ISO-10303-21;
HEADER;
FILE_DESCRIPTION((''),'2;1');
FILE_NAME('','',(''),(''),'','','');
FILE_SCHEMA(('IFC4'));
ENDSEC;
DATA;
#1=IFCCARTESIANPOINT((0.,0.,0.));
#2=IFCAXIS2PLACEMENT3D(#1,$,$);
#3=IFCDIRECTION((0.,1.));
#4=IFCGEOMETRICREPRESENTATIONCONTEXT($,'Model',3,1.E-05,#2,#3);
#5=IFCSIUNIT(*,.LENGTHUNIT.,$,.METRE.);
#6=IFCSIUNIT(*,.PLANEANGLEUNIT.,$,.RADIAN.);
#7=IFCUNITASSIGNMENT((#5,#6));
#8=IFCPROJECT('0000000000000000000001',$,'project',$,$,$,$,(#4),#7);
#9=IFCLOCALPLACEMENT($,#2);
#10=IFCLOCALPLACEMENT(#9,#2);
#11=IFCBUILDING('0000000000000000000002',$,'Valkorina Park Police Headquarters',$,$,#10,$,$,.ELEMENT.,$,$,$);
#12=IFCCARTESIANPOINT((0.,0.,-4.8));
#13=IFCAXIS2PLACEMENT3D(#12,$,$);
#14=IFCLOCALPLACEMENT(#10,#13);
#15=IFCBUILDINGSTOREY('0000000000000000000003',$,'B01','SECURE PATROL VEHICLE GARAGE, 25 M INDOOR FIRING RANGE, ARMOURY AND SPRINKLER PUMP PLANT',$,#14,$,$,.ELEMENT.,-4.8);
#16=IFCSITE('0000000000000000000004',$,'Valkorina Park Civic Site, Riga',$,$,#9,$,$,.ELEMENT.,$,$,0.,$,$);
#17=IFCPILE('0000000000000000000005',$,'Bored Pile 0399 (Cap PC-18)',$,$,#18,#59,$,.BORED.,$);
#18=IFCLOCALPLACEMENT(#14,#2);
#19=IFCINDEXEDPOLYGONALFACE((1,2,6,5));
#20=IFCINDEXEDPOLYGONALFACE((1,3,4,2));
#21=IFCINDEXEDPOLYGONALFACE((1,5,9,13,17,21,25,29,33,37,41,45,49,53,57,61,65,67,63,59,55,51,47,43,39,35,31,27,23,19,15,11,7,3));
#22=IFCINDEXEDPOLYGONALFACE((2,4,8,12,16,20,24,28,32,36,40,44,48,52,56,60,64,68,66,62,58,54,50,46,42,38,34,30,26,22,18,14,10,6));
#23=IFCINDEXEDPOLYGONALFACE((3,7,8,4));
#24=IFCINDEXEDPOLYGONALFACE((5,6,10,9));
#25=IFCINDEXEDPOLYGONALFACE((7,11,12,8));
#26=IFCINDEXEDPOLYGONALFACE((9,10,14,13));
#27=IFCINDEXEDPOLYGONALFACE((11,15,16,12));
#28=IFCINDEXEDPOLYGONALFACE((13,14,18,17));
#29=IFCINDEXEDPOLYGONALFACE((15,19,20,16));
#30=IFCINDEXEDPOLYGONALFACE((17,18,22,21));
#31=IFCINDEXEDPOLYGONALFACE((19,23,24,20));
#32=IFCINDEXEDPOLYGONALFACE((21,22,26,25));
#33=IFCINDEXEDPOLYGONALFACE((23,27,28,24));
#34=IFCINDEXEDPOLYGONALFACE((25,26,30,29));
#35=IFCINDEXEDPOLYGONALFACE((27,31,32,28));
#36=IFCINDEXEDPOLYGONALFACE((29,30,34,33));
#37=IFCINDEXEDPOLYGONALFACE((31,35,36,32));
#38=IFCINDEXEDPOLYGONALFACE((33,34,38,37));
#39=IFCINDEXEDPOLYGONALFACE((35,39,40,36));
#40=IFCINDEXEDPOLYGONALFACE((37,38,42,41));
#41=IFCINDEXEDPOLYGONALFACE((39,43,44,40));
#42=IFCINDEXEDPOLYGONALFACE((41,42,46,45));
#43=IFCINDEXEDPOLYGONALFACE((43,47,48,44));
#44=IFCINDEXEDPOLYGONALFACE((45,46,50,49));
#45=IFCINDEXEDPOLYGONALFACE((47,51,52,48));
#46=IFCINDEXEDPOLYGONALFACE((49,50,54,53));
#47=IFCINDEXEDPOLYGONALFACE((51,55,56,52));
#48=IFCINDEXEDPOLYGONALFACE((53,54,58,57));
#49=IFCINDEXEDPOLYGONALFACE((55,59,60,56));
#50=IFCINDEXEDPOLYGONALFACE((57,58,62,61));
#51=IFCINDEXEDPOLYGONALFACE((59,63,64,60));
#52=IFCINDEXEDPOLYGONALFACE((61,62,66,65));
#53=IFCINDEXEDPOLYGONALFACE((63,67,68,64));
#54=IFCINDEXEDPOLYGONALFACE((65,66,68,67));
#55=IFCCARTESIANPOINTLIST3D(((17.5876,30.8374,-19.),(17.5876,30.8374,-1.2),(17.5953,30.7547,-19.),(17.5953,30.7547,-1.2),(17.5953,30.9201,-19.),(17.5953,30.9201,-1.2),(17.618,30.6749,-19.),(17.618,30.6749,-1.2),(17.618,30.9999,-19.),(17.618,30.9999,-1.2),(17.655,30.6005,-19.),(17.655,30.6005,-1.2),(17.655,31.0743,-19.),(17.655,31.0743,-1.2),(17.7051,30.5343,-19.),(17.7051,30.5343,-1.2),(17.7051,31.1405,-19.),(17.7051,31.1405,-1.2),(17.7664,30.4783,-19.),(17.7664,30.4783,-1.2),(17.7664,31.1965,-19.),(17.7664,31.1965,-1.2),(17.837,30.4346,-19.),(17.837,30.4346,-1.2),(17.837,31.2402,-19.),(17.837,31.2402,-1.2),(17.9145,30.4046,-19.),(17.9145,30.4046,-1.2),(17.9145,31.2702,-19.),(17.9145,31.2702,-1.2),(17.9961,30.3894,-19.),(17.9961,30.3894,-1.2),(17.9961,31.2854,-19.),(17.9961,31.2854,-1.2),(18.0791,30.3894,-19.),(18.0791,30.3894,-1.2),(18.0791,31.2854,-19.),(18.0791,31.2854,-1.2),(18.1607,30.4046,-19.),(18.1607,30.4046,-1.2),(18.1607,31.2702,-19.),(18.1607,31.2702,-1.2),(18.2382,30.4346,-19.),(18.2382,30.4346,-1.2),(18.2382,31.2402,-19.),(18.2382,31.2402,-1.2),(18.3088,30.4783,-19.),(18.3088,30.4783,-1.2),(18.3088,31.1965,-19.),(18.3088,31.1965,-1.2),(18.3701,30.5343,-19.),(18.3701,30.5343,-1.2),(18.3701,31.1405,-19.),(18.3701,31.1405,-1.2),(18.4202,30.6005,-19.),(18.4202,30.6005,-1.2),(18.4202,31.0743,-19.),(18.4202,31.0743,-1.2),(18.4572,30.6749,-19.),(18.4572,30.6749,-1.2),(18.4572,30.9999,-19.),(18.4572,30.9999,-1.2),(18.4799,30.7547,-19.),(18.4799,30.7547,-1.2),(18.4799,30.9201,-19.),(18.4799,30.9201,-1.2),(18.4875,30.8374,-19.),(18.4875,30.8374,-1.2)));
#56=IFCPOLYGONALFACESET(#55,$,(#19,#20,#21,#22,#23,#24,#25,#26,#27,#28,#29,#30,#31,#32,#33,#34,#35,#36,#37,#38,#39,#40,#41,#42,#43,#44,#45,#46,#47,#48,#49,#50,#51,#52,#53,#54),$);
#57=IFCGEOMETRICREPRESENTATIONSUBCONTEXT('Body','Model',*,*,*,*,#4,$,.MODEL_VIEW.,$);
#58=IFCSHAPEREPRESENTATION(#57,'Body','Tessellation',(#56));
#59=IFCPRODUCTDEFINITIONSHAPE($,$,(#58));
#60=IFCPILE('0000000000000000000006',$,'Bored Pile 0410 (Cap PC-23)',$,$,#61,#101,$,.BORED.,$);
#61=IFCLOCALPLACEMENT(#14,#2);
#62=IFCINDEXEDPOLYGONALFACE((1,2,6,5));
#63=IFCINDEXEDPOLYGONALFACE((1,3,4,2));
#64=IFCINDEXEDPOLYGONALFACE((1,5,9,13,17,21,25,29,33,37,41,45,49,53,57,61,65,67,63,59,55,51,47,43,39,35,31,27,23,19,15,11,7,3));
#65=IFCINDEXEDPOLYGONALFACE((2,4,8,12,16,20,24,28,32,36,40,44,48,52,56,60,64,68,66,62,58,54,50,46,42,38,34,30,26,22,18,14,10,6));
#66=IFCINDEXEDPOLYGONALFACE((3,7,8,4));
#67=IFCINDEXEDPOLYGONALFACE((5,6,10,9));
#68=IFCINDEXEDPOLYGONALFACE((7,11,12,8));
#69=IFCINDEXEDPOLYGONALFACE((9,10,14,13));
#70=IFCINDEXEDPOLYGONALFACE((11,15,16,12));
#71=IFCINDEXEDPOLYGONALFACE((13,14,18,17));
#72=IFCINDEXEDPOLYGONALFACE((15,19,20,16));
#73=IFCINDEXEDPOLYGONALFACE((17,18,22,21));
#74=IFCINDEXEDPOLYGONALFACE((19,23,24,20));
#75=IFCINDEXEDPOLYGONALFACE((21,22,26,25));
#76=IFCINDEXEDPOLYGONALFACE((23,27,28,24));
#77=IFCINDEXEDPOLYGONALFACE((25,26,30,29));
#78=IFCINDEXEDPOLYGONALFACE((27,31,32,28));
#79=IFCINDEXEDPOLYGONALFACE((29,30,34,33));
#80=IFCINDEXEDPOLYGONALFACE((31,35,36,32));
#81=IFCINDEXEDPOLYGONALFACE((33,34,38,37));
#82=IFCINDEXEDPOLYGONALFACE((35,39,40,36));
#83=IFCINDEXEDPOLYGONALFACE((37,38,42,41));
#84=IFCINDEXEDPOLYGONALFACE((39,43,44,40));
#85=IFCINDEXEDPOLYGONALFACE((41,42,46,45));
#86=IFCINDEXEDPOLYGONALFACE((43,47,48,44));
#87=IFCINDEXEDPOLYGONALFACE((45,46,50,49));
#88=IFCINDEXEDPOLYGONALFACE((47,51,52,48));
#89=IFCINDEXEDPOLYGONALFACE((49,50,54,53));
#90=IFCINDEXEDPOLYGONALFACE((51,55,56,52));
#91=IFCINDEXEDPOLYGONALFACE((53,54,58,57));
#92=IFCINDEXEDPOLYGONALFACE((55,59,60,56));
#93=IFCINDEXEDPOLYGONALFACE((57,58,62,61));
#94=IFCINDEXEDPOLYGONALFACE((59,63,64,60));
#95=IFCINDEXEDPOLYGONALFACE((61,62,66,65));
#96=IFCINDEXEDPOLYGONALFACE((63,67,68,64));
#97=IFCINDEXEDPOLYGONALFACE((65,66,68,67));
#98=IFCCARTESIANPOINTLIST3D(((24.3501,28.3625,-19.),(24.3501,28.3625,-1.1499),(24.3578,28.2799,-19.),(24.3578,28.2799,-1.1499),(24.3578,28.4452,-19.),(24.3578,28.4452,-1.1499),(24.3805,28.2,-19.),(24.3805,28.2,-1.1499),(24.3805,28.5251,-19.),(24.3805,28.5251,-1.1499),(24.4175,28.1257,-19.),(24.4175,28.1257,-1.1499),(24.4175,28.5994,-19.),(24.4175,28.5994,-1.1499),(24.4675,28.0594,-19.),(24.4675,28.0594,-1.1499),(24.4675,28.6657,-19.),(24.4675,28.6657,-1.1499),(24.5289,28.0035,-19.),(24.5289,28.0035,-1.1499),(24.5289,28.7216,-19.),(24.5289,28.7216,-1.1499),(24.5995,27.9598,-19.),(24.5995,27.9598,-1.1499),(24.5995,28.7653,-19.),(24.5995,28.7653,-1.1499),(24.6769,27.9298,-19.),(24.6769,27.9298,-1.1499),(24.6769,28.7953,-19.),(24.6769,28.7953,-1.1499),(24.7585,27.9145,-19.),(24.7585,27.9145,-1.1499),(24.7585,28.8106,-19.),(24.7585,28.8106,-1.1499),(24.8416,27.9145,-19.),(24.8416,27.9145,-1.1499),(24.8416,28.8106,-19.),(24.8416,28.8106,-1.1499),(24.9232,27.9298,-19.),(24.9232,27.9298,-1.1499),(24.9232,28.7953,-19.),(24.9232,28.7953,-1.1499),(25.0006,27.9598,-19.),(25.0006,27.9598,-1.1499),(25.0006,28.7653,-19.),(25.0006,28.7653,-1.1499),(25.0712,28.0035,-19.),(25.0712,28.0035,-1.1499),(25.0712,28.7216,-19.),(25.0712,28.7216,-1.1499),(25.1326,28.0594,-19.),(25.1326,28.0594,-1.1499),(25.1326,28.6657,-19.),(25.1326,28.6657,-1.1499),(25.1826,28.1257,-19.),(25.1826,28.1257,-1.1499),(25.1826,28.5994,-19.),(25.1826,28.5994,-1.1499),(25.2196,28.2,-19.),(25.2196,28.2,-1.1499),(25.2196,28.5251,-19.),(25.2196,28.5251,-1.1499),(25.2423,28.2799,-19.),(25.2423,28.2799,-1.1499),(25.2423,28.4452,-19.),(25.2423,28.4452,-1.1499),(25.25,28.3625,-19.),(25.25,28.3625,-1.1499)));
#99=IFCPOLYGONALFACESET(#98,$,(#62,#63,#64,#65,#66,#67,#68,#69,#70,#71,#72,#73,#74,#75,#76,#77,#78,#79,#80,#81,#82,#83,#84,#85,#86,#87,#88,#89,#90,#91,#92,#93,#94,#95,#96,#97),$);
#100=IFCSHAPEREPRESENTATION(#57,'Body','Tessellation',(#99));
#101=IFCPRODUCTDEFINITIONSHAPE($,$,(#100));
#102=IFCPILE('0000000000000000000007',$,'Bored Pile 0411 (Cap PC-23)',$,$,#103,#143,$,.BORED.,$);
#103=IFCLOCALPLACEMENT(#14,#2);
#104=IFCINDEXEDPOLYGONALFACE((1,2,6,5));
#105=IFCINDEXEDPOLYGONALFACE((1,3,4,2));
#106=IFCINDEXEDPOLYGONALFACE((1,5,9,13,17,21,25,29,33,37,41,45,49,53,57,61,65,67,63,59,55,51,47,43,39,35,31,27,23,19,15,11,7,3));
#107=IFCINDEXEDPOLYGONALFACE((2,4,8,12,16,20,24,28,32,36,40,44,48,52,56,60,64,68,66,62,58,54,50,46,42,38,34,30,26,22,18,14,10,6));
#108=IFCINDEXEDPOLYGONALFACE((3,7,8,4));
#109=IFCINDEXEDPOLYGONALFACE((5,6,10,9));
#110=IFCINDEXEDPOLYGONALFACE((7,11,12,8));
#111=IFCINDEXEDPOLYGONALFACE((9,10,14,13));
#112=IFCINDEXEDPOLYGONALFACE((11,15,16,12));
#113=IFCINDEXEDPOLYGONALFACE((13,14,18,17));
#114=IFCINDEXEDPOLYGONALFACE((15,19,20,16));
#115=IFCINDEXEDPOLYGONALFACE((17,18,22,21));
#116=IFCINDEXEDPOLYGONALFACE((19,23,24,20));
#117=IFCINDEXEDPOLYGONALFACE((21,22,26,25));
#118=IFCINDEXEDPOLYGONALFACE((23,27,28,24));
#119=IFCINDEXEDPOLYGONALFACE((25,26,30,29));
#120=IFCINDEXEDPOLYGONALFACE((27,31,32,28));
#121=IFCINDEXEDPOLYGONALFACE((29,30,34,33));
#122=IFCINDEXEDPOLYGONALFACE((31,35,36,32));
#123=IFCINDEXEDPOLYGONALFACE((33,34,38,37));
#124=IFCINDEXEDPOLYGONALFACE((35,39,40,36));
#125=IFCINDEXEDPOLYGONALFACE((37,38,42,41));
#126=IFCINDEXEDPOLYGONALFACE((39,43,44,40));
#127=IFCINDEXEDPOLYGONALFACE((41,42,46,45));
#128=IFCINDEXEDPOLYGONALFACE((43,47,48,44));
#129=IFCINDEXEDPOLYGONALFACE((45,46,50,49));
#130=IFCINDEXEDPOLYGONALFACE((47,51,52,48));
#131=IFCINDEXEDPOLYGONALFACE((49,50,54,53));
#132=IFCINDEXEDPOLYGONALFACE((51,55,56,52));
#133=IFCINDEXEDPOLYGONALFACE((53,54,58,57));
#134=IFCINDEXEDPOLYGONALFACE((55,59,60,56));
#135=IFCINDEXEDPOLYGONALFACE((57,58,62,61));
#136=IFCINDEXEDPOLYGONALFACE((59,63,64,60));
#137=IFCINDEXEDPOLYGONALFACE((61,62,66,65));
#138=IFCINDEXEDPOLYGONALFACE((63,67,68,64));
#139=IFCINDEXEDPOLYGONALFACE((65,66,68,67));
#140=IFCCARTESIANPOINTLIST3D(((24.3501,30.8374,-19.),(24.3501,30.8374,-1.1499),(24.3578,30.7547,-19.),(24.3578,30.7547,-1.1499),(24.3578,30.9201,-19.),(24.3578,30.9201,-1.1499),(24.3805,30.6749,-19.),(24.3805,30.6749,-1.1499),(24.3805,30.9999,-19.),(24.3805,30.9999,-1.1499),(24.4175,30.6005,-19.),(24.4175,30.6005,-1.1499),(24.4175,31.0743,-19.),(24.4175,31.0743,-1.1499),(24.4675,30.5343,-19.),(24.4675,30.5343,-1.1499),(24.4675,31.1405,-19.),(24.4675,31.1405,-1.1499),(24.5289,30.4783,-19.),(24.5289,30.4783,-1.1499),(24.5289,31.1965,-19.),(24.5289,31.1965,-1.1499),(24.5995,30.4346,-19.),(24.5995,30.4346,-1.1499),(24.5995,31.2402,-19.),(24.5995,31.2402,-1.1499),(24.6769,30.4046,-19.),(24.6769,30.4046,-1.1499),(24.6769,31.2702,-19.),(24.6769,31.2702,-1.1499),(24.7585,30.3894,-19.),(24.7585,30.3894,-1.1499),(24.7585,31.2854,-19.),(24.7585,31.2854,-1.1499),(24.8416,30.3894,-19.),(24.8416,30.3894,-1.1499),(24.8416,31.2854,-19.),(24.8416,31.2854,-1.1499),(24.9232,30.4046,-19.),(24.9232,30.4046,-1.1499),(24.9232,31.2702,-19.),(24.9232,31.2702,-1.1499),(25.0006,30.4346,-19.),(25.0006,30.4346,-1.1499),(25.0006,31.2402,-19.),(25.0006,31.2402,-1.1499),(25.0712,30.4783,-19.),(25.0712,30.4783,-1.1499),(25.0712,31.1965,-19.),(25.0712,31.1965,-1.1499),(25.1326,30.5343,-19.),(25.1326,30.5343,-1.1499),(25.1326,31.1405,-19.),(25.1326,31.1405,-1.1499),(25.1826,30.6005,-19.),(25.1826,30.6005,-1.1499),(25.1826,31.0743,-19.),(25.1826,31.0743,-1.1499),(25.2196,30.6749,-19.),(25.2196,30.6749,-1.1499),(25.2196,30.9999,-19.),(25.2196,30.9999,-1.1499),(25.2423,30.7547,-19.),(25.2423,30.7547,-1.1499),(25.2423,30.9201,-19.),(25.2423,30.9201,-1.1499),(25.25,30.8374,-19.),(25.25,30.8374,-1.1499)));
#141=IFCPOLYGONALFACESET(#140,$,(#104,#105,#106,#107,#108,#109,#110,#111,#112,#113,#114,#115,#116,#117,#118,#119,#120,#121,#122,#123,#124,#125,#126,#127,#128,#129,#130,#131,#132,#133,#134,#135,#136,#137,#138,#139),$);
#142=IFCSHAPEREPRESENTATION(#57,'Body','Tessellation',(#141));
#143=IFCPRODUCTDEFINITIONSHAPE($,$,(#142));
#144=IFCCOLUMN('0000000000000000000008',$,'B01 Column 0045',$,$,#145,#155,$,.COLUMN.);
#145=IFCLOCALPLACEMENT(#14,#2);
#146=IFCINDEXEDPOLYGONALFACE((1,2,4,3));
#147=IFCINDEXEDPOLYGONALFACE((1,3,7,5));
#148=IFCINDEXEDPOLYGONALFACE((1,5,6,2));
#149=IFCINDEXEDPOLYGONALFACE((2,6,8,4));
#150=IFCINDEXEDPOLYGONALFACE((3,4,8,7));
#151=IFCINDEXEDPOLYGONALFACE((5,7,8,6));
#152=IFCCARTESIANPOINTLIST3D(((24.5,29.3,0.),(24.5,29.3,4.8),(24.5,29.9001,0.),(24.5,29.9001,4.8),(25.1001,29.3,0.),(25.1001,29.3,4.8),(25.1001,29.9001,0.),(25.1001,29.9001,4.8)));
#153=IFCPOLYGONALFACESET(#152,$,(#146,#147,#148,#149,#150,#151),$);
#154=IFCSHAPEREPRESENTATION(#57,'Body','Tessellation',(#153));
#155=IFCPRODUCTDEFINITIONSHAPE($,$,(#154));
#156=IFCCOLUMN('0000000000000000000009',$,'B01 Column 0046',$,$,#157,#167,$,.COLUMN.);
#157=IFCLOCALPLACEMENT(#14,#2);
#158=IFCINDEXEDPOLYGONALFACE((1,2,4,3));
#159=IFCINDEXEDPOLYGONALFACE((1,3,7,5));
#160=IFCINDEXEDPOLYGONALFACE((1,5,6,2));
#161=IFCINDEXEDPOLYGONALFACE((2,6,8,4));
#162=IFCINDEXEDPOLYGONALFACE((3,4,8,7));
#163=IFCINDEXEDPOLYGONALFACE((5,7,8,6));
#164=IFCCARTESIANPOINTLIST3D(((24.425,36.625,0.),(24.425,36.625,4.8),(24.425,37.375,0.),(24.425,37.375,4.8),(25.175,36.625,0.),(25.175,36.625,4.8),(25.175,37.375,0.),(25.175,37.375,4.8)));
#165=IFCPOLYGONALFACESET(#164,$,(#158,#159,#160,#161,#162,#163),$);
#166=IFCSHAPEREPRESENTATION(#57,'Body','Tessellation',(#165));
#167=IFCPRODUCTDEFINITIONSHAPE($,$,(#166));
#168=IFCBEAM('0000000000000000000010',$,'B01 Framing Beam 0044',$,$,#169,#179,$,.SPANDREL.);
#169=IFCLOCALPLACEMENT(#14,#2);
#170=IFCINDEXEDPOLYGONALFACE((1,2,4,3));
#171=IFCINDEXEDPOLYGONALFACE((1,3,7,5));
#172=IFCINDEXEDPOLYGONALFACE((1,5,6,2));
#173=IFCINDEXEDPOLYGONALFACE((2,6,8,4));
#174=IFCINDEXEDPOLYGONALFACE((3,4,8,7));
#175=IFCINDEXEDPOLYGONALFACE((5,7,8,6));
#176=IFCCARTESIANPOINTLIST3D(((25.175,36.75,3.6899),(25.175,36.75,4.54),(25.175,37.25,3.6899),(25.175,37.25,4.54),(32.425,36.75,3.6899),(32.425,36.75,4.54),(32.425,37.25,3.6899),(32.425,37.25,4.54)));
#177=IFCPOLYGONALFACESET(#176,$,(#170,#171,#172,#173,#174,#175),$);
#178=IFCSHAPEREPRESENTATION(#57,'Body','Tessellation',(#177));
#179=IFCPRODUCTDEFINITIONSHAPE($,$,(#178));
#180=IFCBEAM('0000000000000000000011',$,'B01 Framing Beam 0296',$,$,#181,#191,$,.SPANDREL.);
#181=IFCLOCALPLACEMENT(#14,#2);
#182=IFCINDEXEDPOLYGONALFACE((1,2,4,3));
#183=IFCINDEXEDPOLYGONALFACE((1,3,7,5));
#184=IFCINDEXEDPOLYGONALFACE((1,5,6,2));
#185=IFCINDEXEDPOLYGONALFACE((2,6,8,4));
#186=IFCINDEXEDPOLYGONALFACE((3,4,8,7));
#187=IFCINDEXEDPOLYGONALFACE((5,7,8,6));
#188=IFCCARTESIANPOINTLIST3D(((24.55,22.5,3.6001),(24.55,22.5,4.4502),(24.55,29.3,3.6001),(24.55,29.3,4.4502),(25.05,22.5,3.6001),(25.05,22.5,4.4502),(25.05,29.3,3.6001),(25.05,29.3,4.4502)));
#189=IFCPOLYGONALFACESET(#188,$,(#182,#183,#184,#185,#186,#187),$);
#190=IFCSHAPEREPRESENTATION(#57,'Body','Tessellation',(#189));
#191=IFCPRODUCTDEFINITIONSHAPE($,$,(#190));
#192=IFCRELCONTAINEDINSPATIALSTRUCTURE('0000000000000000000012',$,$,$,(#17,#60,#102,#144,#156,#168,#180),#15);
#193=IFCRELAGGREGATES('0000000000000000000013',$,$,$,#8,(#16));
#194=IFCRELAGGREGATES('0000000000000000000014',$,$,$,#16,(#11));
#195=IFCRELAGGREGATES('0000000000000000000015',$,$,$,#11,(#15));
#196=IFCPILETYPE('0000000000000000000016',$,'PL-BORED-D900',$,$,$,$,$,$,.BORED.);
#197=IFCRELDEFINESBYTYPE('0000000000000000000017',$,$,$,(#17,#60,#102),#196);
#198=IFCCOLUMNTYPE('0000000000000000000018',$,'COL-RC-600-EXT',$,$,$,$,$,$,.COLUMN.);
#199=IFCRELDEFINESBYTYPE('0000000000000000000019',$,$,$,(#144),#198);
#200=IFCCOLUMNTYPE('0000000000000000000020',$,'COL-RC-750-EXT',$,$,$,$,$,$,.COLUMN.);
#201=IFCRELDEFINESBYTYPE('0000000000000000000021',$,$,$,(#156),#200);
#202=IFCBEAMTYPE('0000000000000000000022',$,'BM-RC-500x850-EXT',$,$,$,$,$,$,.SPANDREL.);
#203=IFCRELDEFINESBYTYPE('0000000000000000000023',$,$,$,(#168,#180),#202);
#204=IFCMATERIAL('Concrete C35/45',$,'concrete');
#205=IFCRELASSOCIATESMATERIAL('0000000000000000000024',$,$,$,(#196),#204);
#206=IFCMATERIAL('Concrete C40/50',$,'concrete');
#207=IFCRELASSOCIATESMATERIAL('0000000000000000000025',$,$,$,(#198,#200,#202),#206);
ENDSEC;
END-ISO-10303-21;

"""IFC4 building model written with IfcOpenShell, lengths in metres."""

from ifc_helpers import new_model, si_unit, direction, frame, origin, origin_2d, place, context, subcontext, project, spatial, rectangle, circle, extrude, material, material_profile, profile_set, type_object, element, save


model = new_model("IFC4")

# Units and contexts
model_context = context("Model", 3, precision=1e-05, world=origin(), true_north=direction((0.0, 1.0)))
body_context = subcontext(model_context, "Body", "Model", "MODEL_VIEW")
ifc_project = project(units=[si_unit("LENGTHUNIT", "METRE"), si_unit("PLANEANGLEUNIT", "RADIAN")], contexts=[model_context])

# Site, building, storey
site_placement = place(None, origin())
site = spatial("IfcSite", under=ifc_project, at=site_placement, Name="Valkorina Park Civic Site, Riga", CompositionType="ELEMENT", RefElevation=0.0)
building_placement = place(site_placement, origin())
building = spatial("IfcBuilding", under=site, at=building_placement, Name="Valkorina Park Police Headquarters", CompositionType="ELEMENT")
storey_placement = place(building_placement, frame((0.0, 0.0, -4.8)))
storey = spatial("IfcBuildingStorey", under=building, at=storey_placement, Name="B01", Description="SECURE PATROL VEHICLE GARAGE, 25 M INDOOR FIRING RANGE, ARMOURY AND SPRINKLER PUMP PLANT", CompositionType="ELEMENT", Elevation=-4.8)

# Shared definitions
ifc_material_1 = material(Name="Concrete C40/50", Category="concrete")

# Piles
ifc_material_2 = material(Name="Concrete C35/45", Category="concrete")
ifc_material_profile_1 = material_profile(ifc_material_2, circle(Radius=0.45, at=origin_2d()), Name="BORED PILE D900")
ifc_profile_set_1 = profile_set([ifc_material_profile_1], Name="Concrete C35/45")
pile_type = type_object("IfcPileType", Name="PL-BORED-D900", PredefinedType="BORED", material=ifc_profile_set_1)
for number, where, z_axis, x_axis, name in (
    (1, (18.0376, 30.8374, -1.2), (0.0, 0.0, -1.0), (1.0, 0.0, 0.0), "Bored Pile 0399 (Cap PC-18)"),
):
    element("IfcPile", number, at=place(storey_placement, frame(where, z_axis=z_axis, x_axis=x_axis)), inside=storey, type_object=pile_type, Name=name, PredefinedType="BORED", context=body_context, shape_type="SweptSolid", body=[
        extrude(circle(Radius=0.45, at=origin_2d()), origin(), (0.0, 0.0, 1.0), 17.8),
    ])
for number, where, z_axis, x_axis, name in (
    (2, (24.8, 28.3625, -1.1499), (0.0, 0.0, -1.0), (1.0, 0.0, 0.0), "Bored Pile 0410 (Cap PC-23)"),
    (3, (24.8, 30.8374, -1.1499), (0.0, 0.0, -1.0), (1.0, 0.0, 0.0), "Bored Pile 0411 (Cap PC-23)"),
):
    element("IfcPile", number, at=place(storey_placement, frame(where, z_axis=z_axis, x_axis=x_axis)), inside=storey, type_object=pile_type, Name=name, PredefinedType="BORED", context=body_context, shape_type="SweptSolid", body=[
        extrude(circle(Radius=0.45, at=origin_2d()), origin(), (0.0, 0.0, 1.0), 17.8501),
    ])

# Columns
ifc_material_profile_2 = material_profile(ifc_material_1, rectangle(XDim=0.6001, YDim=0.6001, at=origin_2d()), Name="RC COL 600x600")
ifc_profile_set_2 = profile_set([ifc_material_profile_2], Name="Concrete C40/50")
column_type_1 = type_object("IfcColumnType", Name="COL-RC-600-EXT", PredefinedType="COLUMN", material=ifc_profile_set_2)
column_1_placement = place(storey_placement, frame((24.8, 29.6001, 0.0), z_axis=(0.0, 0.0, 1.0), x_axis=(1.0, 0.0, 0.0)))
element("IfcColumn", 4, at=column_1_placement, inside=storey, type_object=column_type_1, Name="B01 Column 0045", PredefinedType="COLUMN", context=body_context, shape_type="SweptSolid", body=[
    extrude(rectangle(XDim=0.6001, YDim=0.6001, at=origin_2d()), origin(), (0.0, 0.0, 1.0), 4.8),
])
ifc_material_profile_3 = material_profile(ifc_material_1, rectangle(XDim=0.75, YDim=0.75, at=origin_2d()), Name="RC COL 750x750")
ifc_profile_set_3 = profile_set([ifc_material_profile_3], Name="Concrete C40/50")
column_type_2 = type_object("IfcColumnType", Name="COL-RC-750-EXT", PredefinedType="COLUMN", material=ifc_profile_set_3)
column_2_placement = place(storey_placement, frame((24.8, 37.0, 0.0), z_axis=(0.0, 0.0, 1.0), x_axis=(1.0, 0.0, 0.0)))
element("IfcColumn", 5, at=column_2_placement, inside=storey, type_object=column_type_2, Name="B01 Column 0046", PredefinedType="COLUMN", context=body_context, shape_type="SweptSolid", body=[
    extrude(rectangle(XDim=0.75, YDim=0.75, at=origin_2d()), origin(), (0.0, 0.0, 1.0), 4.8),
])

# Beams
ifc_material_profile_4 = material_profile(ifc_material_1, rectangle(XDim=0.5, YDim=0.8501, at=origin_2d()), Name="RC BEAM 500x850")
ifc_profile_set_4 = profile_set([ifc_material_profile_4], Name="Concrete C40/50")
beam_type_1 = type_object("IfcBeamType", Name="BM-RC-500x850-EXT", PredefinedType="SPANDREL", material=ifc_profile_set_4)
beam_1_placement = place(storey_placement, frame((25.175, 37.0, 4.115), z_axis=(1.0, 0.0, 0.0), x_axis=(0.0, 1.0, 0.0)))
element("IfcBeam", 6, at=beam_1_placement, inside=storey, type_object=beam_type_1, Name="B01 Framing Beam 0044", PredefinedType="SPANDREL", context=body_context, shape_type="SweptSolid", body=[
    extrude(rectangle(XDim=0.5, YDim=0.8501, at=origin_2d()), origin(), (0.0, 0.0, 1.0), 7.25),
])
beam_2_placement = place(storey_placement, frame((24.8, 22.5, 4.0251), z_axis=(0.0, 1.0, 0.0), x_axis=(-1.0, 0.0, 0.0)))
element("IfcBeam", 7, at=beam_2_placement, inside=storey, type_object=beam_type_1, Name="B01 Framing Beam 0296", PredefinedType="SPANDREL", context=body_context, shape_type="SweptSolid", body=[
    extrude(rectangle(XDim=0.5, YDim=0.8501, at=origin_2d()), origin(), (0.0, 0.0, 1.0), 6.8),
])

save(model, "model.ifc")
